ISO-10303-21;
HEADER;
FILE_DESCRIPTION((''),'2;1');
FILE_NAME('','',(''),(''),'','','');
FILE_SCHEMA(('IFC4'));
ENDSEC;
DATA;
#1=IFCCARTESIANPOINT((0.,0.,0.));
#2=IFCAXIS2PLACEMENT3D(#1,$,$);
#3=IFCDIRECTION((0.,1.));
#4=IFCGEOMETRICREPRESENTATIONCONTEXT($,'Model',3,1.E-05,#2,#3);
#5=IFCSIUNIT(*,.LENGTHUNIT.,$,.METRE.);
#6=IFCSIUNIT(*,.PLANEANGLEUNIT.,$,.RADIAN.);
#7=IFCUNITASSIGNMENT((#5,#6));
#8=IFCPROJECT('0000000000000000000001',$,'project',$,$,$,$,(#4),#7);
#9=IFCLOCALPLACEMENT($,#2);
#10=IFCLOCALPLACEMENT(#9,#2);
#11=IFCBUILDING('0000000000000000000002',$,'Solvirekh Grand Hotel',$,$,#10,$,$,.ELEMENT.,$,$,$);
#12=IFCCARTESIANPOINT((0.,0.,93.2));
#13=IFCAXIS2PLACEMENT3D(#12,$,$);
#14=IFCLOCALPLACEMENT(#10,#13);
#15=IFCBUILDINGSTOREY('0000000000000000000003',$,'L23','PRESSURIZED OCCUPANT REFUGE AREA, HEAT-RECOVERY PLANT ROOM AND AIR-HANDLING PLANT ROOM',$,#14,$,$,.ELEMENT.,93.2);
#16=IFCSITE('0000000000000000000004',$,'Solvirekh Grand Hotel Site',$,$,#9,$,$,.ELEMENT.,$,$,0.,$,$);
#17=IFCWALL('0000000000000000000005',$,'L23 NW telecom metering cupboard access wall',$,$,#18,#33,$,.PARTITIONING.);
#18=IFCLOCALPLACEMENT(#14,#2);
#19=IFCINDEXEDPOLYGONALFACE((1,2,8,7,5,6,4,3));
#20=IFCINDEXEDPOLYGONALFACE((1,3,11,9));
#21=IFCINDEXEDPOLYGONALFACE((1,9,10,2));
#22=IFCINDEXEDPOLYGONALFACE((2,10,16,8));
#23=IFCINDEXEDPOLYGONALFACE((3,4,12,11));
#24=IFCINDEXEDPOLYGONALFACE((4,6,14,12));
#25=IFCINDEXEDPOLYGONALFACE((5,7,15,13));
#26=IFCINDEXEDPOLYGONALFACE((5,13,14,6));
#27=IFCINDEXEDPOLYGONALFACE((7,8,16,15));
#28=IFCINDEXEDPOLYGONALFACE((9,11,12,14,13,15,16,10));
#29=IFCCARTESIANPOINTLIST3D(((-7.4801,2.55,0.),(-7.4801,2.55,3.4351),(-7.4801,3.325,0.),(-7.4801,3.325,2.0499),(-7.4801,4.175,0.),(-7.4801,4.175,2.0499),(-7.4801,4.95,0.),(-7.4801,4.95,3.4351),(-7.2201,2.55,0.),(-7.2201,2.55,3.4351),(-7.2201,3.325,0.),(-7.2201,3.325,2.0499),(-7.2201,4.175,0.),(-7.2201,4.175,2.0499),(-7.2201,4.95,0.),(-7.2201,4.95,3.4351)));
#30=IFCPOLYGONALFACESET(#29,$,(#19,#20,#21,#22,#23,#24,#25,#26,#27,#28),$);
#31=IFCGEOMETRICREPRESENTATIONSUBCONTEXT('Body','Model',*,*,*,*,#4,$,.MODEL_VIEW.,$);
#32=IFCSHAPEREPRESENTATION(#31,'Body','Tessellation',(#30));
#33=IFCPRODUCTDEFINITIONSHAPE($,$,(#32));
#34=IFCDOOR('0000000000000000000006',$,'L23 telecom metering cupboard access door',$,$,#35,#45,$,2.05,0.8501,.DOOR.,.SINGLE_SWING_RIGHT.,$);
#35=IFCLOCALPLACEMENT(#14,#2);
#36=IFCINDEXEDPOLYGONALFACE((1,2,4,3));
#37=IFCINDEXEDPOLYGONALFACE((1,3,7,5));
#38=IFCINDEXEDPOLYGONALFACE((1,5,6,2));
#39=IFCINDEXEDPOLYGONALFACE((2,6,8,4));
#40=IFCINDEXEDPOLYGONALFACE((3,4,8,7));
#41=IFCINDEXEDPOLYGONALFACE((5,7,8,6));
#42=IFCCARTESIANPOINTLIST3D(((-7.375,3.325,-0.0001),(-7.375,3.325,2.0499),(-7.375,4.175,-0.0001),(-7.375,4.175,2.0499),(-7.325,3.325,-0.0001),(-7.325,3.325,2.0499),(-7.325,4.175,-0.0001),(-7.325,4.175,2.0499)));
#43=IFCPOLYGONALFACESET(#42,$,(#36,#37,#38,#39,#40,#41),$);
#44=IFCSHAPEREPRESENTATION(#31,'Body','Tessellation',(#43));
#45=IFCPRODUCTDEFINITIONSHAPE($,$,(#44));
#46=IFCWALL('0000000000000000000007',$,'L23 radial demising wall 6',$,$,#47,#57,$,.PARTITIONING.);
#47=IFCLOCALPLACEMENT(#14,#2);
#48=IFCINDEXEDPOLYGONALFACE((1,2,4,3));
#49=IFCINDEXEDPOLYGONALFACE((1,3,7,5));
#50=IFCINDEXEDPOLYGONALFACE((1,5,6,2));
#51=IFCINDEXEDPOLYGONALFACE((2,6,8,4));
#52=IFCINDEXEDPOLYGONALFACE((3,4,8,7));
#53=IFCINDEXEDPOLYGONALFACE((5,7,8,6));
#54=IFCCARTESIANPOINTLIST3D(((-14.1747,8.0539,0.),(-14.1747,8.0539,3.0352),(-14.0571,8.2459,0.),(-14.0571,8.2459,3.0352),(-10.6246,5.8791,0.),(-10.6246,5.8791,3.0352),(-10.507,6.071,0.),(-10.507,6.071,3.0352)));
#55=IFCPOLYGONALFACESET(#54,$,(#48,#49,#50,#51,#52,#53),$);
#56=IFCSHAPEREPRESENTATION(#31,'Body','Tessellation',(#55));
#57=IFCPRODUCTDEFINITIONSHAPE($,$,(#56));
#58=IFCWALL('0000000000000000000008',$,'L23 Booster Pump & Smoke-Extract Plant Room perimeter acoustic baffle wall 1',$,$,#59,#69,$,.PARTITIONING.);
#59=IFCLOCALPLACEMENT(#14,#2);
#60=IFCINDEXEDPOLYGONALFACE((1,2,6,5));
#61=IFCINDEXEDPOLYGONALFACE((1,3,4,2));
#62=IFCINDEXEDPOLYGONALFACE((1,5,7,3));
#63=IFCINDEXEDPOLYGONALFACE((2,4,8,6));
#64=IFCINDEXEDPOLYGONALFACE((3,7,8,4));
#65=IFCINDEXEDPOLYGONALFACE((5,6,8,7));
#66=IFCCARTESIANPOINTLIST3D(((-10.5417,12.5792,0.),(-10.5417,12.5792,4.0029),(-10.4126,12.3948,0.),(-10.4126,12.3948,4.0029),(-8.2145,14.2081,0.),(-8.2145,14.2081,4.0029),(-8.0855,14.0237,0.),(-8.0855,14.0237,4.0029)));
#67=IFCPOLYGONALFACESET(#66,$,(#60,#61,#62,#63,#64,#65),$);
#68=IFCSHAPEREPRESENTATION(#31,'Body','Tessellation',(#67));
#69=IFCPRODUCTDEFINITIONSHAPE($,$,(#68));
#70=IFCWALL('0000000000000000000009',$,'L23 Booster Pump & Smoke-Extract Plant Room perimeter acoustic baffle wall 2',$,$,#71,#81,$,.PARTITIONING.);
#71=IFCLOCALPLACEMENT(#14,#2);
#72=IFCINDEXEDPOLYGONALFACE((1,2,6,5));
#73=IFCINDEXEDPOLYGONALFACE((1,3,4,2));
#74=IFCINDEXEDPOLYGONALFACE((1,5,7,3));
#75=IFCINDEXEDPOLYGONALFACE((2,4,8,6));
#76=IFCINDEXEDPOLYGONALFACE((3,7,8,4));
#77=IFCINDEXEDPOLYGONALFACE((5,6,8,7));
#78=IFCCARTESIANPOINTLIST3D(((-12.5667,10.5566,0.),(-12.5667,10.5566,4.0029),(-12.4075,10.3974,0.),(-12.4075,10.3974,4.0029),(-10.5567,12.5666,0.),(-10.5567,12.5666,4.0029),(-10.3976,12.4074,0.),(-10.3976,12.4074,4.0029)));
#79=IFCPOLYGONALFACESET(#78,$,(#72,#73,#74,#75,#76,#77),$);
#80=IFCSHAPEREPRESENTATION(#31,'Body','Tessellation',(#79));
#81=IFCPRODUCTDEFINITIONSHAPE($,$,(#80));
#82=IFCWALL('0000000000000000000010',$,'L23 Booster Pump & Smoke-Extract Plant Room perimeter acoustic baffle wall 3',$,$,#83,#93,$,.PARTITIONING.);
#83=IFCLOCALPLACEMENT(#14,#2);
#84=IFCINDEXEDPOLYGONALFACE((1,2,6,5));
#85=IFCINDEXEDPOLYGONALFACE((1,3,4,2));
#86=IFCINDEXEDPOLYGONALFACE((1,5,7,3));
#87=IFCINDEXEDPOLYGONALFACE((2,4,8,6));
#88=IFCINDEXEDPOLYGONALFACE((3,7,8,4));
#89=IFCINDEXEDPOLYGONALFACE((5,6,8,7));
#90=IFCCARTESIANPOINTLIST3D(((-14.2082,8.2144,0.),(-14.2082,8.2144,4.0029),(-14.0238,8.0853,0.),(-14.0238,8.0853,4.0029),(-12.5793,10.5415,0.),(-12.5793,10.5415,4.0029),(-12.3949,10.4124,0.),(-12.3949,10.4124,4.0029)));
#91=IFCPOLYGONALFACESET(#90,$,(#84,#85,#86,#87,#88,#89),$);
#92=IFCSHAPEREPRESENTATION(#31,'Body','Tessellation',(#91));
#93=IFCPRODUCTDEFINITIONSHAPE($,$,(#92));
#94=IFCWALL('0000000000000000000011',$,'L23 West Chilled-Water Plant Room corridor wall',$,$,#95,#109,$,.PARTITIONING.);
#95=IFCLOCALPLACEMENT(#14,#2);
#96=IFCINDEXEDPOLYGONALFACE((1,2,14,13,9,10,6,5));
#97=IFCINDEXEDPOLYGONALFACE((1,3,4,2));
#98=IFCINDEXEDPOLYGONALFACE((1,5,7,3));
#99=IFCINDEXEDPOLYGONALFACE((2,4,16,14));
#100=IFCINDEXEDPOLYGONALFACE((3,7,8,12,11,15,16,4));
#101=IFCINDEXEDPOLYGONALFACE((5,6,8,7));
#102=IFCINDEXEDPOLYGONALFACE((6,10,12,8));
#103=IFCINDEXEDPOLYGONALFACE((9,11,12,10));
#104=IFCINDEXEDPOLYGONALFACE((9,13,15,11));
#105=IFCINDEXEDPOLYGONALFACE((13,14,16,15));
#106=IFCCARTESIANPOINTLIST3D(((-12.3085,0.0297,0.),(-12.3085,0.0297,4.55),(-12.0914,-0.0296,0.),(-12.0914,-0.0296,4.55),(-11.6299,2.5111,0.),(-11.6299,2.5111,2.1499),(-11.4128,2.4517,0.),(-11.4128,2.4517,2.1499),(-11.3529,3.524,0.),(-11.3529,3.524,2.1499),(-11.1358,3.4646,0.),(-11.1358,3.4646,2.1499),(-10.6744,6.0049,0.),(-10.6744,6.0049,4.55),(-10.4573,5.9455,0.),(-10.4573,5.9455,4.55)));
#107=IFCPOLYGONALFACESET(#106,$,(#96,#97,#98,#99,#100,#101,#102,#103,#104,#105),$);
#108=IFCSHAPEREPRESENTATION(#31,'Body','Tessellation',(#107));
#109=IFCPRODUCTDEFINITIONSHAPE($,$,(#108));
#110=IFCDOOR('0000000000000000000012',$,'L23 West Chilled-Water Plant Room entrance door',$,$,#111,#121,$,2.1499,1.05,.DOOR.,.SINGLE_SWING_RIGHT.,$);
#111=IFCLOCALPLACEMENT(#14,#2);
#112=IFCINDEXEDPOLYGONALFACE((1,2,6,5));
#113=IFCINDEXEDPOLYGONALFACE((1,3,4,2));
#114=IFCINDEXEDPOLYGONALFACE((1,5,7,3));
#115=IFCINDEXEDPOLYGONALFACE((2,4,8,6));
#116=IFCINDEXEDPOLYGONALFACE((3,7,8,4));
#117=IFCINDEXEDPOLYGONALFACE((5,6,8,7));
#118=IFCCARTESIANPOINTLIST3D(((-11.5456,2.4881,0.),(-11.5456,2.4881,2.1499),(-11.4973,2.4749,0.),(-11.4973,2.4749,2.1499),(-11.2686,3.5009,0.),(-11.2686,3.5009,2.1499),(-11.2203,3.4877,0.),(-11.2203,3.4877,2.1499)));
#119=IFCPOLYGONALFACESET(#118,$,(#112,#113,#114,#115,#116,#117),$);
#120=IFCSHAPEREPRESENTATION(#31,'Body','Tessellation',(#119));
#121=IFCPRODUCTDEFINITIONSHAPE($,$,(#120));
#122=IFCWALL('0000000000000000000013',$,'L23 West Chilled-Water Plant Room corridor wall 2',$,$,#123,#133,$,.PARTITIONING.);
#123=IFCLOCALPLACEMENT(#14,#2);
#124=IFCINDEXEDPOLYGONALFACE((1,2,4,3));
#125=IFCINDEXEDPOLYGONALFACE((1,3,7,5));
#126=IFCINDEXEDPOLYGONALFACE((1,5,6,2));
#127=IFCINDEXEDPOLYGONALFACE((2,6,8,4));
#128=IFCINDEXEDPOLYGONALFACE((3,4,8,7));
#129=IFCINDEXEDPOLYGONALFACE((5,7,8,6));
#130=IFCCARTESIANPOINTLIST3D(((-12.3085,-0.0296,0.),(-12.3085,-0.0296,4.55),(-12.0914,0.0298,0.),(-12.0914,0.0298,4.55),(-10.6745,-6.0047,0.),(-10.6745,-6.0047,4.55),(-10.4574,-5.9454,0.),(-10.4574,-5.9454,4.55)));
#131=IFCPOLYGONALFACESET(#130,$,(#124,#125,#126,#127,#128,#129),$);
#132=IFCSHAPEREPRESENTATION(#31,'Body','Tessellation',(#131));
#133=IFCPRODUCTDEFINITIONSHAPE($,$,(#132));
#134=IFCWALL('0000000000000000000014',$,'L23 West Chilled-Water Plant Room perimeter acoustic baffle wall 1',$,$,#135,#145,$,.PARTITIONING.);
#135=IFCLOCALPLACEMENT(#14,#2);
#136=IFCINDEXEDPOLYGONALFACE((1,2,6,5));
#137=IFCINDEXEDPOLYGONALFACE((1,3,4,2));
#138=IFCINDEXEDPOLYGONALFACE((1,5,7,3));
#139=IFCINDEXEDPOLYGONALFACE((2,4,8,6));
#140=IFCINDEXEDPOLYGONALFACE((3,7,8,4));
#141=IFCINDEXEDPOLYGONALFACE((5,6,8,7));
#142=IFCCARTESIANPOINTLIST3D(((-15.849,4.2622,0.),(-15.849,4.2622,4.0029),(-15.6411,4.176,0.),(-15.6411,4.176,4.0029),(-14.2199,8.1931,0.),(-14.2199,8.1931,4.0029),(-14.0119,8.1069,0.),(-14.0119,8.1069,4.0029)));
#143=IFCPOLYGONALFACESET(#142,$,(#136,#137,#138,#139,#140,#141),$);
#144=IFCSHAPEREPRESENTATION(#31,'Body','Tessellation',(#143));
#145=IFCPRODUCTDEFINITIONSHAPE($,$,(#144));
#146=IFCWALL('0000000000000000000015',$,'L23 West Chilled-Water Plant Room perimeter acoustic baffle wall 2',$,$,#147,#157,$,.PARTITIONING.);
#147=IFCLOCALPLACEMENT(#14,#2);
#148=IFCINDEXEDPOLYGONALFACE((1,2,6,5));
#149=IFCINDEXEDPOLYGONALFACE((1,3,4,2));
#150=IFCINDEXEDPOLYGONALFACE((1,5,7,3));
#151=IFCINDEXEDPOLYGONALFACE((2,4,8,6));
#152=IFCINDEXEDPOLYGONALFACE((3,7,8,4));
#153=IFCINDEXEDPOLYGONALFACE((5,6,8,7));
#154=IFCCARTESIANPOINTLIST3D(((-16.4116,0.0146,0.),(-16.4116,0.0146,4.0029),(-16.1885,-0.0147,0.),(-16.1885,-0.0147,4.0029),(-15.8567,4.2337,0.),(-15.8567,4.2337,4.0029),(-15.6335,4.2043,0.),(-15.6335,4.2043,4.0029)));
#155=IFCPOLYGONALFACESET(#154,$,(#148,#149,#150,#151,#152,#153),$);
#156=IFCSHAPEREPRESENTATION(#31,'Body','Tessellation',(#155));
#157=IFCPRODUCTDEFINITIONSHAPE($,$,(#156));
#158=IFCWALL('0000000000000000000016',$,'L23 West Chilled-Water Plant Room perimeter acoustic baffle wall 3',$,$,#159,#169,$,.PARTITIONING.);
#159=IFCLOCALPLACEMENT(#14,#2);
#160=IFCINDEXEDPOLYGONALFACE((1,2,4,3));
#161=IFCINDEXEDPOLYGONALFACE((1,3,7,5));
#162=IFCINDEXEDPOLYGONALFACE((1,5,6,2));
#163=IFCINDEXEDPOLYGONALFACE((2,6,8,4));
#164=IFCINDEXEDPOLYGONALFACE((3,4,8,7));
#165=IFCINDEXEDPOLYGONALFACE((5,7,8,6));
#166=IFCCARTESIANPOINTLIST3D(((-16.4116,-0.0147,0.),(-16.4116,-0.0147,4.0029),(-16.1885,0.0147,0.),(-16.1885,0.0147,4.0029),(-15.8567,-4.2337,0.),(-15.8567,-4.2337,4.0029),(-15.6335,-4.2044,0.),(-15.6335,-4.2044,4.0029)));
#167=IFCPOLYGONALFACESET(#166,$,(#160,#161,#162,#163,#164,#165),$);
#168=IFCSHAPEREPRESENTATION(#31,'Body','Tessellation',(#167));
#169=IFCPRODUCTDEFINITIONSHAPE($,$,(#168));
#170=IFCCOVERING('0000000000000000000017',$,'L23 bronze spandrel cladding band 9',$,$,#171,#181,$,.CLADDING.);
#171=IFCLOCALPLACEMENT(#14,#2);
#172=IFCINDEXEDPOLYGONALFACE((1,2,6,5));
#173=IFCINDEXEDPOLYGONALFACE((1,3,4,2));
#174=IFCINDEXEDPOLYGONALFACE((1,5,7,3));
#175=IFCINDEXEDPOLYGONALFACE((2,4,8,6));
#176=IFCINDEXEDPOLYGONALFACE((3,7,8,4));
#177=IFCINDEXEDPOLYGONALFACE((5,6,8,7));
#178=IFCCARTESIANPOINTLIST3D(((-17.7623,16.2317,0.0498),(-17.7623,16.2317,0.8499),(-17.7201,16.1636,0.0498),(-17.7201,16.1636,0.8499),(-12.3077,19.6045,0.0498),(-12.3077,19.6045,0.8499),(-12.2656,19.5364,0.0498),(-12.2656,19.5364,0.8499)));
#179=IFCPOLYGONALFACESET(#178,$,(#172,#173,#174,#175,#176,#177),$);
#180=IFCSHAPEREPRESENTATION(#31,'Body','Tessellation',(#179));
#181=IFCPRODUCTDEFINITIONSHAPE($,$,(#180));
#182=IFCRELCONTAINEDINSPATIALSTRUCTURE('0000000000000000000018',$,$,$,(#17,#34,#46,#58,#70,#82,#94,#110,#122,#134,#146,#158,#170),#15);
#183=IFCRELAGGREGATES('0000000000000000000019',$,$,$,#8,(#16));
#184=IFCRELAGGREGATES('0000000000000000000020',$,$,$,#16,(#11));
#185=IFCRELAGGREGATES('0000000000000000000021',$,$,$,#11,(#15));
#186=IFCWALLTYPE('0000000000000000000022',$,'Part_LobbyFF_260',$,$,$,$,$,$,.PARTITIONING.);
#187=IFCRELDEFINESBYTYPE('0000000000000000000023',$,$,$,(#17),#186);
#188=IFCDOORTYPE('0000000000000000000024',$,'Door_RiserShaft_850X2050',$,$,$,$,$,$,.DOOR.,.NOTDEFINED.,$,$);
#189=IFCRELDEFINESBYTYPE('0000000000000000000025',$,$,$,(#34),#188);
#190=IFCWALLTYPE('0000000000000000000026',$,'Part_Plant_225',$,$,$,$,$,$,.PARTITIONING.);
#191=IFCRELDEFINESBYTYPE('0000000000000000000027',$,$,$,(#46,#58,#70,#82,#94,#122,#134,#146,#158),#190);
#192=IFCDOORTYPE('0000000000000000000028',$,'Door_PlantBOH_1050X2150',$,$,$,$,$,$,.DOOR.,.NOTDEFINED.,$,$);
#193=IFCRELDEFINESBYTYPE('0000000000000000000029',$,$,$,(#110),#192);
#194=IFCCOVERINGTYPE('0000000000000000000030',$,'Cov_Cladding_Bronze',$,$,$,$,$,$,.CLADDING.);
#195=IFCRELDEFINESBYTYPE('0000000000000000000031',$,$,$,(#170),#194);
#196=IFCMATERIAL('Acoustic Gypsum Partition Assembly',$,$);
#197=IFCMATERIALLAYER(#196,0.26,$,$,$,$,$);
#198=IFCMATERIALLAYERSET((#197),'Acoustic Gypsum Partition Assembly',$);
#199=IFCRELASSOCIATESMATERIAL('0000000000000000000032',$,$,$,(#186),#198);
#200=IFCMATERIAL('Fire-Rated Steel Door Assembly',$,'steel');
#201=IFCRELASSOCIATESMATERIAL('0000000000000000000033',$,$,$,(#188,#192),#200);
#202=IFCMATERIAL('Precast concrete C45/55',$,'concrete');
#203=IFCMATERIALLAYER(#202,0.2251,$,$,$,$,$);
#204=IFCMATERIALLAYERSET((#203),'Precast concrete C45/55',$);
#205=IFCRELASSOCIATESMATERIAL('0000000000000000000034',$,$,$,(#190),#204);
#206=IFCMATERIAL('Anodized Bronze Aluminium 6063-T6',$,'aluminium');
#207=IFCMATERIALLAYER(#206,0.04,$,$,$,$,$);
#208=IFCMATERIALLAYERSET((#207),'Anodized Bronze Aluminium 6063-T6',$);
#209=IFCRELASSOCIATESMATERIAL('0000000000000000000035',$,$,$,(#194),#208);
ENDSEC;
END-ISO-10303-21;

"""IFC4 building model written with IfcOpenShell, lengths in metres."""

from ifc_helpers import new_model, si_unit, direction, frame, frame_2d, origin, origin_2d, place, context, subcontext, project, spatial, rectangle, extrude, material, layer, layer_set, type_object, element, fill, save


model = new_model("IFC4")

# Units and contexts
model_context = context("Model", 3, precision=1e-05, world=origin(), true_north=direction((0.0, 1.0)))
body_context = subcontext(model_context, "Body", "Model", "MODEL_VIEW")
ifc_project = project(units=[si_unit("LENGTHUNIT", "METRE"), si_unit("PLANEANGLEUNIT", "RADIAN")], contexts=[model_context])

# Site, building, storey
site_placement = place(None, origin())
site = spatial("IfcSite", under=ifc_project, at=site_placement, Name="Solvirekh Grand Hotel Site", CompositionType="ELEMENT", RefElevation=0.0)
building_placement = place(site_placement, origin())
building = spatial("IfcBuilding", under=site, at=building_placement, Name="Solvirekh Grand Hotel", CompositionType="ELEMENT")
storey_placement = place(building_placement, frame((0.0, 0.0, 93.2)))
storey = spatial("IfcBuildingStorey", under=building, at=storey_placement, Name="L23", Description="PRESSURIZED OCCUPANT REFUGE AREA, HEAT-RECOVERY PLANT ROOM AND AIR-HANDLING PLANT ROOM", CompositionType="ELEMENT", Elevation=93.2)

# Shared definitions
ifc_material_1 = material(Name="Precast concrete C45/55", Category="concrete")
ifc_material_2 = material(Name="Acoustic Gypsum Partition Assembly")
ifc_layer_1 = layer(ifc_material_2, 0.26)
ifc_layer_set_1 = layer_set([ifc_layer_1], Name="Acoustic Gypsum Partition Assembly")
wall_type_1 = type_object("IfcWallType", Name="Part_LobbyFF_260", PredefinedType="PARTITIONING", material=ifc_layer_set_1)

# Wall, opening, door
wall_1_placement = place(storey_placement, frame((-7.3501, 2.55, 0.0), z_axis=(0.0, 0.0, 1.0), x_axis=(0.0, 1.0, 0.0)))
wall_1 = element("IfcWall", 1, at=wall_1_placement, inside=storey, type_object=wall_type_1, Name="L23 NW telecom metering cupboard access wall", PredefinedType="PARTITIONING", context=body_context, shape_type="SweptSolid", body=[
    extrude(rectangle(XDim=2.3999, YDim=0.26, at=frame_2d((1.2, 0.0))), origin(), (0.0, 0.0, 1.0), 3.4351),
])
opening_1_placement = place(wall_1_placement, frame((0.7749, 0.0, 0.0)))
opening_1 = element("IfcOpeningElement", 2, at=opening_1_placement, cuts=wall_1, PredefinedType="OPENING", context=body_context, shape_type="SweptSolid", body=[
    extrude(rectangle(XDim=0.8501, YDim=2.05, at=frame_2d((0.425, 1.0249))), frame((0.0, 0.1401, 0.0), z_axis=(0.0, -1.0, 0.0), x_axis=(1.0, 0.0, 0.0)), (0.0, 0.0, 1.0), 0.28),
])
ifc_material_3 = material(Name="Fire-Rated Steel Door Assembly", Category="steel")
door_type_1 = type_object("IfcDoorType", Name="Door_RiserShaft_850X2050", OperationType="NOTDEFINED", PredefinedType="DOOR", material=ifc_material_3)
door_1_placement = place(opening_1_placement, origin())
door_1 = element("IfcDoor", 3, at=door_1_placement, inside=storey, type_object=door_type_1, Name="L23 telecom metering cupboard access door", OperationType="SINGLE_SWING_RIGHT", OverallHeight=2.05, OverallWidth=0.8501, PredefinedType="DOOR", context=body_context, shape_type="SweptSolid", body=[
    extrude(rectangle(XDim=0.8501, YDim=2.05, at=frame_2d((0.425, 1.0249))), frame((0.0, 0.0249, 0.0), z_axis=(0.0, -1.0, 0.0), x_axis=(1.0, 0.0, 0.0)), (0.0, 0.0, 1.0), 0.05),
])
fill(opening_1, door_1)

# Walls
ifc_layer_2 = layer(ifc_material_1, 0.2251)
ifc_layer_set_2 = layer_set([ifc_layer_2], Name="Precast concrete C45/55")
wall_type_2 = type_object("IfcWallType", Name="Part_Plant_225", PredefinedType="PARTITIONING", material=ifc_layer_set_2)
wall_2_placement = place(storey_placement, frame((-10.5659, 5.9751, 0.0), z_axis=(0.0, 0.0, 1.0), x_axis=(-0.852712, 0.522382, 0.0)))
element("IfcWall", 4, at=wall_2_placement, inside=storey, type_object=wall_type_2, Name="L23 radial demising wall 6", PredefinedType="PARTITIONING", context=body_context, shape_type="SweptSolid", body=[
    extrude(rectangle(XDim=4.1633, YDim=0.2251, at=frame_2d((2.0815, 0.0))), origin(), (0.0, 0.0, 1.0), 3.0352),
])
wall_3_placement = place(storey_placement, frame((-8.1499, 14.116, 0.0), z_axis=(0.0, 0.0, 1.0), x_axis=(-0.819248, -0.573439, 0.0)))
element("IfcWall", 5, at=wall_3_placement, inside=storey, type_object=wall_type_2, Name="L23 Booster Pump & Smoke-Extract Plant Room perimeter acoustic baffle wall 1", PredefinedType="PARTITIONING", context=body_context, shape_type="SweptSolid", body=[
    extrude(rectangle(XDim=2.8406, YDim=0.2251, at=frame_2d((1.4204, 0.0))), origin(), (0.0, 0.0, 1.0), 4.0029),
])
wall_4_placement = place(storey_placement, frame((-10.4771, 12.4871, 0.0), z_axis=(0.0, 0.0, 1.0), x_axis=(-0.707107, -0.707107, 0.0)))
element("IfcWall", 6, at=wall_4_placement, inside=storey, type_object=wall_type_2, Name="L23 Booster Pump & Smoke-Extract Plant Room perimeter acoustic baffle wall 2", PredefinedType="PARTITIONING", context=body_context, shape_type="SweptSolid", body=[
    extrude(rectangle(XDim=2.8425, YDim=0.2251, at=frame_2d((1.4214, 0.0))), origin(), (0.0, 0.0, 1.0), 4.0029),
])
wall_5_placement = place(storey_placement, frame((-12.4871, 10.4771, 0.0), z_axis=(0.0, 0.0, 1.0), x_axis=(-0.573439, -0.819248, 0.0)))
element("IfcWall", 7, at=wall_5_placement, inside=storey, type_object=wall_type_2, Name="L23 Booster Pump & Smoke-Extract Plant Room perimeter acoustic baffle wall 3", PredefinedType="PARTITIONING", context=body_context, shape_type="SweptSolid", body=[
    extrude(rectangle(XDim=2.8406, YDim=0.2251, at=frame_2d((1.4204, 0.0))), origin(), (0.0, 0.0, 1.0), 4.0029),
])

# Wall, opening, door
wall_6_placement = place(storey_placement, frame((-10.5659, 5.9751, 0.0), z_axis=(0.0, 0.0, 1.0), x_axis=(-0.263788, -0.964581, 0.0)))
wall_6 = element("IfcWall", 8, at=wall_6_placement, inside=storey, type_object=wall_type_2, Name="L23 West Chilled-Water Plant Room corridor wall", PredefinedType="PARTITIONING", context=body_context, shape_type="SweptSolid", body=[
    extrude(rectangle(XDim=6.1946, YDim=0.2251, at=frame_2d((3.0972, 0.0))), origin(), (0.0, 0.0, 1.0), 4.55),
])
opening_2_placement = place(wall_6_placement, frame((2.572, 0.0, 0.0)))
opening_2 = element("IfcOpeningElement", 9, at=opening_2_placement, cuts=wall_6, PredefinedType="OPENING", context=body_context, shape_type="SweptSolid", body=[
    extrude(rectangle(XDim=1.05, YDim=2.1499, at=frame_2d((0.5249, 1.075))), frame((0.0, 0.1226, 0.0), z_axis=(0.0, -1.0, 0.0), x_axis=(1.0, 0.0, 0.0)), (0.0, 0.0, 1.0), 0.2451),
])
door_type_2 = type_object("IfcDoorType", Name="Door_PlantBOH_1050X2150", OperationType="NOTDEFINED", PredefinedType="DOOR", material=ifc_material_3)
door_2_placement = place(opening_2_placement, origin())
door_2 = element("IfcDoor", 10, at=door_2_placement, inside=storey, type_object=door_type_2, Name="L23 West Chilled-Water Plant Room entrance door", OperationType="SINGLE_SWING_RIGHT", OverallHeight=2.1499, OverallWidth=1.05, PredefinedType="DOOR", context=body_context, shape_type="SweptSolid", body=[
    extrude(rectangle(XDim=1.05, YDim=2.1499, at=frame_2d((0.5249, 1.075))), frame((0.0, 0.0249, 0.0), z_axis=(0.0, -1.0, 0.0), x_axis=(1.0, 0.0, 0.0)), (0.0, 0.0, 1.0), 0.05),
])
fill(opening_2, door_2)

# Walls
wall_7_placement = place(storey_placement, frame((-12.2, 0.0, 0.0), z_axis=(0.0, 0.0, 1.0), x_axis=(0.263788, -0.964581, 0.0)))
element("IfcWall", 11, at=wall_7_placement, inside=storey, type_object=wall_type_2, Name="L23 West Chilled-Water Plant Room corridor wall 2", PredefinedType="PARTITIONING", context=body_context, shape_type="SweptSolid", body=[
    extrude(rectangle(XDim=6.1946, YDim=0.2251, at=frame_2d((3.0972, 0.0))), origin(), (0.0, 0.0, 1.0), 4.55),
])
wall_8_placement = place(storey_placement, frame((-14.116, 8.1499, 0.0), z_axis=(0.0, 0.0, 1.0), x_axis=(-0.382867, -0.923803, 0.0)))
element("IfcWall", 12, at=wall_8_placement, inside=storey, type_object=wall_type_2, Name="L23 West Chilled-Water Plant Room perimeter acoustic baffle wall 1", PredefinedType="PARTITIONING", context=body_context, shape_type="SweptSolid", body=[
    extrude(rectangle(XDim=4.2551, YDim=0.2251, at=frame_2d((2.1274, 0.0))), origin(), (0.0, 0.0, 1.0), 4.0029),
])
for number, where, z_axis, x_axis, name in (
    (13, (-15.7451, 4.219, 0.0), (0.0, 0.0, 1.0), (-0.130409, -0.99146, 0.0), "L23 West Chilled-Water Plant Room perimeter acoustic baffle wall 2"),
    (14, (-16.3, 0.0, 0.0), (0.0, 0.0, 1.0), (0.130409, -0.99146, 0.0), "L23 West Chilled-Water Plant Room perimeter acoustic baffle wall 3"),
):
    element("IfcWall", number, at=place(storey_placement, frame(where, z_axis=z_axis, x_axis=x_axis)), inside=storey, type_object=wall_type_2, Name=name, PredefinedType="PARTITIONING", context=body_context, shape_type="SweptSolid", body=[
        extrude(rectangle(XDim=4.2554, YDim=0.2251, at=frame_2d((2.1277, 0.0))), origin(), (0.0, 0.0, 1.0), 4.0029),
    ])

# Covering
ifc_material_4 = material(Name="Anodized Bronze Aluminium 6063-T6", Category="aluminium")
ifc_layer_3 = layer(ifc_material_4, 0.04)
ifc_layer_set_3 = layer_set([ifc_layer_3], Name="Anodized Bronze Aluminium 6063-T6")
covering_type = type_object("IfcCoveringType", Name="Cov_Cladding_Bronze", PredefinedType="CLADDING", material=ifc_layer_set_3)
covering_placement = place(storey_placement, frame((-15.0139, 17.884, 0.0498), z_axis=(0.0, 0.0, 1.0), x_axis=(0.850536, 0.525917, 0.0)))
element("IfcCovering", 15, at=covering_placement, inside=storey, type_object=covering_type, Name="L23 bronze spandrel cladding band 9", PredefinedType="CLADDING", context=body_context, shape_type="SweptSolid", body=[
    extrude(rectangle(XDim=6.4131, YDim=0.0801, at=origin_2d()), origin(), (0.0, 0.0, 1.0), 0.8),
])

save(model, "model.ifc")
